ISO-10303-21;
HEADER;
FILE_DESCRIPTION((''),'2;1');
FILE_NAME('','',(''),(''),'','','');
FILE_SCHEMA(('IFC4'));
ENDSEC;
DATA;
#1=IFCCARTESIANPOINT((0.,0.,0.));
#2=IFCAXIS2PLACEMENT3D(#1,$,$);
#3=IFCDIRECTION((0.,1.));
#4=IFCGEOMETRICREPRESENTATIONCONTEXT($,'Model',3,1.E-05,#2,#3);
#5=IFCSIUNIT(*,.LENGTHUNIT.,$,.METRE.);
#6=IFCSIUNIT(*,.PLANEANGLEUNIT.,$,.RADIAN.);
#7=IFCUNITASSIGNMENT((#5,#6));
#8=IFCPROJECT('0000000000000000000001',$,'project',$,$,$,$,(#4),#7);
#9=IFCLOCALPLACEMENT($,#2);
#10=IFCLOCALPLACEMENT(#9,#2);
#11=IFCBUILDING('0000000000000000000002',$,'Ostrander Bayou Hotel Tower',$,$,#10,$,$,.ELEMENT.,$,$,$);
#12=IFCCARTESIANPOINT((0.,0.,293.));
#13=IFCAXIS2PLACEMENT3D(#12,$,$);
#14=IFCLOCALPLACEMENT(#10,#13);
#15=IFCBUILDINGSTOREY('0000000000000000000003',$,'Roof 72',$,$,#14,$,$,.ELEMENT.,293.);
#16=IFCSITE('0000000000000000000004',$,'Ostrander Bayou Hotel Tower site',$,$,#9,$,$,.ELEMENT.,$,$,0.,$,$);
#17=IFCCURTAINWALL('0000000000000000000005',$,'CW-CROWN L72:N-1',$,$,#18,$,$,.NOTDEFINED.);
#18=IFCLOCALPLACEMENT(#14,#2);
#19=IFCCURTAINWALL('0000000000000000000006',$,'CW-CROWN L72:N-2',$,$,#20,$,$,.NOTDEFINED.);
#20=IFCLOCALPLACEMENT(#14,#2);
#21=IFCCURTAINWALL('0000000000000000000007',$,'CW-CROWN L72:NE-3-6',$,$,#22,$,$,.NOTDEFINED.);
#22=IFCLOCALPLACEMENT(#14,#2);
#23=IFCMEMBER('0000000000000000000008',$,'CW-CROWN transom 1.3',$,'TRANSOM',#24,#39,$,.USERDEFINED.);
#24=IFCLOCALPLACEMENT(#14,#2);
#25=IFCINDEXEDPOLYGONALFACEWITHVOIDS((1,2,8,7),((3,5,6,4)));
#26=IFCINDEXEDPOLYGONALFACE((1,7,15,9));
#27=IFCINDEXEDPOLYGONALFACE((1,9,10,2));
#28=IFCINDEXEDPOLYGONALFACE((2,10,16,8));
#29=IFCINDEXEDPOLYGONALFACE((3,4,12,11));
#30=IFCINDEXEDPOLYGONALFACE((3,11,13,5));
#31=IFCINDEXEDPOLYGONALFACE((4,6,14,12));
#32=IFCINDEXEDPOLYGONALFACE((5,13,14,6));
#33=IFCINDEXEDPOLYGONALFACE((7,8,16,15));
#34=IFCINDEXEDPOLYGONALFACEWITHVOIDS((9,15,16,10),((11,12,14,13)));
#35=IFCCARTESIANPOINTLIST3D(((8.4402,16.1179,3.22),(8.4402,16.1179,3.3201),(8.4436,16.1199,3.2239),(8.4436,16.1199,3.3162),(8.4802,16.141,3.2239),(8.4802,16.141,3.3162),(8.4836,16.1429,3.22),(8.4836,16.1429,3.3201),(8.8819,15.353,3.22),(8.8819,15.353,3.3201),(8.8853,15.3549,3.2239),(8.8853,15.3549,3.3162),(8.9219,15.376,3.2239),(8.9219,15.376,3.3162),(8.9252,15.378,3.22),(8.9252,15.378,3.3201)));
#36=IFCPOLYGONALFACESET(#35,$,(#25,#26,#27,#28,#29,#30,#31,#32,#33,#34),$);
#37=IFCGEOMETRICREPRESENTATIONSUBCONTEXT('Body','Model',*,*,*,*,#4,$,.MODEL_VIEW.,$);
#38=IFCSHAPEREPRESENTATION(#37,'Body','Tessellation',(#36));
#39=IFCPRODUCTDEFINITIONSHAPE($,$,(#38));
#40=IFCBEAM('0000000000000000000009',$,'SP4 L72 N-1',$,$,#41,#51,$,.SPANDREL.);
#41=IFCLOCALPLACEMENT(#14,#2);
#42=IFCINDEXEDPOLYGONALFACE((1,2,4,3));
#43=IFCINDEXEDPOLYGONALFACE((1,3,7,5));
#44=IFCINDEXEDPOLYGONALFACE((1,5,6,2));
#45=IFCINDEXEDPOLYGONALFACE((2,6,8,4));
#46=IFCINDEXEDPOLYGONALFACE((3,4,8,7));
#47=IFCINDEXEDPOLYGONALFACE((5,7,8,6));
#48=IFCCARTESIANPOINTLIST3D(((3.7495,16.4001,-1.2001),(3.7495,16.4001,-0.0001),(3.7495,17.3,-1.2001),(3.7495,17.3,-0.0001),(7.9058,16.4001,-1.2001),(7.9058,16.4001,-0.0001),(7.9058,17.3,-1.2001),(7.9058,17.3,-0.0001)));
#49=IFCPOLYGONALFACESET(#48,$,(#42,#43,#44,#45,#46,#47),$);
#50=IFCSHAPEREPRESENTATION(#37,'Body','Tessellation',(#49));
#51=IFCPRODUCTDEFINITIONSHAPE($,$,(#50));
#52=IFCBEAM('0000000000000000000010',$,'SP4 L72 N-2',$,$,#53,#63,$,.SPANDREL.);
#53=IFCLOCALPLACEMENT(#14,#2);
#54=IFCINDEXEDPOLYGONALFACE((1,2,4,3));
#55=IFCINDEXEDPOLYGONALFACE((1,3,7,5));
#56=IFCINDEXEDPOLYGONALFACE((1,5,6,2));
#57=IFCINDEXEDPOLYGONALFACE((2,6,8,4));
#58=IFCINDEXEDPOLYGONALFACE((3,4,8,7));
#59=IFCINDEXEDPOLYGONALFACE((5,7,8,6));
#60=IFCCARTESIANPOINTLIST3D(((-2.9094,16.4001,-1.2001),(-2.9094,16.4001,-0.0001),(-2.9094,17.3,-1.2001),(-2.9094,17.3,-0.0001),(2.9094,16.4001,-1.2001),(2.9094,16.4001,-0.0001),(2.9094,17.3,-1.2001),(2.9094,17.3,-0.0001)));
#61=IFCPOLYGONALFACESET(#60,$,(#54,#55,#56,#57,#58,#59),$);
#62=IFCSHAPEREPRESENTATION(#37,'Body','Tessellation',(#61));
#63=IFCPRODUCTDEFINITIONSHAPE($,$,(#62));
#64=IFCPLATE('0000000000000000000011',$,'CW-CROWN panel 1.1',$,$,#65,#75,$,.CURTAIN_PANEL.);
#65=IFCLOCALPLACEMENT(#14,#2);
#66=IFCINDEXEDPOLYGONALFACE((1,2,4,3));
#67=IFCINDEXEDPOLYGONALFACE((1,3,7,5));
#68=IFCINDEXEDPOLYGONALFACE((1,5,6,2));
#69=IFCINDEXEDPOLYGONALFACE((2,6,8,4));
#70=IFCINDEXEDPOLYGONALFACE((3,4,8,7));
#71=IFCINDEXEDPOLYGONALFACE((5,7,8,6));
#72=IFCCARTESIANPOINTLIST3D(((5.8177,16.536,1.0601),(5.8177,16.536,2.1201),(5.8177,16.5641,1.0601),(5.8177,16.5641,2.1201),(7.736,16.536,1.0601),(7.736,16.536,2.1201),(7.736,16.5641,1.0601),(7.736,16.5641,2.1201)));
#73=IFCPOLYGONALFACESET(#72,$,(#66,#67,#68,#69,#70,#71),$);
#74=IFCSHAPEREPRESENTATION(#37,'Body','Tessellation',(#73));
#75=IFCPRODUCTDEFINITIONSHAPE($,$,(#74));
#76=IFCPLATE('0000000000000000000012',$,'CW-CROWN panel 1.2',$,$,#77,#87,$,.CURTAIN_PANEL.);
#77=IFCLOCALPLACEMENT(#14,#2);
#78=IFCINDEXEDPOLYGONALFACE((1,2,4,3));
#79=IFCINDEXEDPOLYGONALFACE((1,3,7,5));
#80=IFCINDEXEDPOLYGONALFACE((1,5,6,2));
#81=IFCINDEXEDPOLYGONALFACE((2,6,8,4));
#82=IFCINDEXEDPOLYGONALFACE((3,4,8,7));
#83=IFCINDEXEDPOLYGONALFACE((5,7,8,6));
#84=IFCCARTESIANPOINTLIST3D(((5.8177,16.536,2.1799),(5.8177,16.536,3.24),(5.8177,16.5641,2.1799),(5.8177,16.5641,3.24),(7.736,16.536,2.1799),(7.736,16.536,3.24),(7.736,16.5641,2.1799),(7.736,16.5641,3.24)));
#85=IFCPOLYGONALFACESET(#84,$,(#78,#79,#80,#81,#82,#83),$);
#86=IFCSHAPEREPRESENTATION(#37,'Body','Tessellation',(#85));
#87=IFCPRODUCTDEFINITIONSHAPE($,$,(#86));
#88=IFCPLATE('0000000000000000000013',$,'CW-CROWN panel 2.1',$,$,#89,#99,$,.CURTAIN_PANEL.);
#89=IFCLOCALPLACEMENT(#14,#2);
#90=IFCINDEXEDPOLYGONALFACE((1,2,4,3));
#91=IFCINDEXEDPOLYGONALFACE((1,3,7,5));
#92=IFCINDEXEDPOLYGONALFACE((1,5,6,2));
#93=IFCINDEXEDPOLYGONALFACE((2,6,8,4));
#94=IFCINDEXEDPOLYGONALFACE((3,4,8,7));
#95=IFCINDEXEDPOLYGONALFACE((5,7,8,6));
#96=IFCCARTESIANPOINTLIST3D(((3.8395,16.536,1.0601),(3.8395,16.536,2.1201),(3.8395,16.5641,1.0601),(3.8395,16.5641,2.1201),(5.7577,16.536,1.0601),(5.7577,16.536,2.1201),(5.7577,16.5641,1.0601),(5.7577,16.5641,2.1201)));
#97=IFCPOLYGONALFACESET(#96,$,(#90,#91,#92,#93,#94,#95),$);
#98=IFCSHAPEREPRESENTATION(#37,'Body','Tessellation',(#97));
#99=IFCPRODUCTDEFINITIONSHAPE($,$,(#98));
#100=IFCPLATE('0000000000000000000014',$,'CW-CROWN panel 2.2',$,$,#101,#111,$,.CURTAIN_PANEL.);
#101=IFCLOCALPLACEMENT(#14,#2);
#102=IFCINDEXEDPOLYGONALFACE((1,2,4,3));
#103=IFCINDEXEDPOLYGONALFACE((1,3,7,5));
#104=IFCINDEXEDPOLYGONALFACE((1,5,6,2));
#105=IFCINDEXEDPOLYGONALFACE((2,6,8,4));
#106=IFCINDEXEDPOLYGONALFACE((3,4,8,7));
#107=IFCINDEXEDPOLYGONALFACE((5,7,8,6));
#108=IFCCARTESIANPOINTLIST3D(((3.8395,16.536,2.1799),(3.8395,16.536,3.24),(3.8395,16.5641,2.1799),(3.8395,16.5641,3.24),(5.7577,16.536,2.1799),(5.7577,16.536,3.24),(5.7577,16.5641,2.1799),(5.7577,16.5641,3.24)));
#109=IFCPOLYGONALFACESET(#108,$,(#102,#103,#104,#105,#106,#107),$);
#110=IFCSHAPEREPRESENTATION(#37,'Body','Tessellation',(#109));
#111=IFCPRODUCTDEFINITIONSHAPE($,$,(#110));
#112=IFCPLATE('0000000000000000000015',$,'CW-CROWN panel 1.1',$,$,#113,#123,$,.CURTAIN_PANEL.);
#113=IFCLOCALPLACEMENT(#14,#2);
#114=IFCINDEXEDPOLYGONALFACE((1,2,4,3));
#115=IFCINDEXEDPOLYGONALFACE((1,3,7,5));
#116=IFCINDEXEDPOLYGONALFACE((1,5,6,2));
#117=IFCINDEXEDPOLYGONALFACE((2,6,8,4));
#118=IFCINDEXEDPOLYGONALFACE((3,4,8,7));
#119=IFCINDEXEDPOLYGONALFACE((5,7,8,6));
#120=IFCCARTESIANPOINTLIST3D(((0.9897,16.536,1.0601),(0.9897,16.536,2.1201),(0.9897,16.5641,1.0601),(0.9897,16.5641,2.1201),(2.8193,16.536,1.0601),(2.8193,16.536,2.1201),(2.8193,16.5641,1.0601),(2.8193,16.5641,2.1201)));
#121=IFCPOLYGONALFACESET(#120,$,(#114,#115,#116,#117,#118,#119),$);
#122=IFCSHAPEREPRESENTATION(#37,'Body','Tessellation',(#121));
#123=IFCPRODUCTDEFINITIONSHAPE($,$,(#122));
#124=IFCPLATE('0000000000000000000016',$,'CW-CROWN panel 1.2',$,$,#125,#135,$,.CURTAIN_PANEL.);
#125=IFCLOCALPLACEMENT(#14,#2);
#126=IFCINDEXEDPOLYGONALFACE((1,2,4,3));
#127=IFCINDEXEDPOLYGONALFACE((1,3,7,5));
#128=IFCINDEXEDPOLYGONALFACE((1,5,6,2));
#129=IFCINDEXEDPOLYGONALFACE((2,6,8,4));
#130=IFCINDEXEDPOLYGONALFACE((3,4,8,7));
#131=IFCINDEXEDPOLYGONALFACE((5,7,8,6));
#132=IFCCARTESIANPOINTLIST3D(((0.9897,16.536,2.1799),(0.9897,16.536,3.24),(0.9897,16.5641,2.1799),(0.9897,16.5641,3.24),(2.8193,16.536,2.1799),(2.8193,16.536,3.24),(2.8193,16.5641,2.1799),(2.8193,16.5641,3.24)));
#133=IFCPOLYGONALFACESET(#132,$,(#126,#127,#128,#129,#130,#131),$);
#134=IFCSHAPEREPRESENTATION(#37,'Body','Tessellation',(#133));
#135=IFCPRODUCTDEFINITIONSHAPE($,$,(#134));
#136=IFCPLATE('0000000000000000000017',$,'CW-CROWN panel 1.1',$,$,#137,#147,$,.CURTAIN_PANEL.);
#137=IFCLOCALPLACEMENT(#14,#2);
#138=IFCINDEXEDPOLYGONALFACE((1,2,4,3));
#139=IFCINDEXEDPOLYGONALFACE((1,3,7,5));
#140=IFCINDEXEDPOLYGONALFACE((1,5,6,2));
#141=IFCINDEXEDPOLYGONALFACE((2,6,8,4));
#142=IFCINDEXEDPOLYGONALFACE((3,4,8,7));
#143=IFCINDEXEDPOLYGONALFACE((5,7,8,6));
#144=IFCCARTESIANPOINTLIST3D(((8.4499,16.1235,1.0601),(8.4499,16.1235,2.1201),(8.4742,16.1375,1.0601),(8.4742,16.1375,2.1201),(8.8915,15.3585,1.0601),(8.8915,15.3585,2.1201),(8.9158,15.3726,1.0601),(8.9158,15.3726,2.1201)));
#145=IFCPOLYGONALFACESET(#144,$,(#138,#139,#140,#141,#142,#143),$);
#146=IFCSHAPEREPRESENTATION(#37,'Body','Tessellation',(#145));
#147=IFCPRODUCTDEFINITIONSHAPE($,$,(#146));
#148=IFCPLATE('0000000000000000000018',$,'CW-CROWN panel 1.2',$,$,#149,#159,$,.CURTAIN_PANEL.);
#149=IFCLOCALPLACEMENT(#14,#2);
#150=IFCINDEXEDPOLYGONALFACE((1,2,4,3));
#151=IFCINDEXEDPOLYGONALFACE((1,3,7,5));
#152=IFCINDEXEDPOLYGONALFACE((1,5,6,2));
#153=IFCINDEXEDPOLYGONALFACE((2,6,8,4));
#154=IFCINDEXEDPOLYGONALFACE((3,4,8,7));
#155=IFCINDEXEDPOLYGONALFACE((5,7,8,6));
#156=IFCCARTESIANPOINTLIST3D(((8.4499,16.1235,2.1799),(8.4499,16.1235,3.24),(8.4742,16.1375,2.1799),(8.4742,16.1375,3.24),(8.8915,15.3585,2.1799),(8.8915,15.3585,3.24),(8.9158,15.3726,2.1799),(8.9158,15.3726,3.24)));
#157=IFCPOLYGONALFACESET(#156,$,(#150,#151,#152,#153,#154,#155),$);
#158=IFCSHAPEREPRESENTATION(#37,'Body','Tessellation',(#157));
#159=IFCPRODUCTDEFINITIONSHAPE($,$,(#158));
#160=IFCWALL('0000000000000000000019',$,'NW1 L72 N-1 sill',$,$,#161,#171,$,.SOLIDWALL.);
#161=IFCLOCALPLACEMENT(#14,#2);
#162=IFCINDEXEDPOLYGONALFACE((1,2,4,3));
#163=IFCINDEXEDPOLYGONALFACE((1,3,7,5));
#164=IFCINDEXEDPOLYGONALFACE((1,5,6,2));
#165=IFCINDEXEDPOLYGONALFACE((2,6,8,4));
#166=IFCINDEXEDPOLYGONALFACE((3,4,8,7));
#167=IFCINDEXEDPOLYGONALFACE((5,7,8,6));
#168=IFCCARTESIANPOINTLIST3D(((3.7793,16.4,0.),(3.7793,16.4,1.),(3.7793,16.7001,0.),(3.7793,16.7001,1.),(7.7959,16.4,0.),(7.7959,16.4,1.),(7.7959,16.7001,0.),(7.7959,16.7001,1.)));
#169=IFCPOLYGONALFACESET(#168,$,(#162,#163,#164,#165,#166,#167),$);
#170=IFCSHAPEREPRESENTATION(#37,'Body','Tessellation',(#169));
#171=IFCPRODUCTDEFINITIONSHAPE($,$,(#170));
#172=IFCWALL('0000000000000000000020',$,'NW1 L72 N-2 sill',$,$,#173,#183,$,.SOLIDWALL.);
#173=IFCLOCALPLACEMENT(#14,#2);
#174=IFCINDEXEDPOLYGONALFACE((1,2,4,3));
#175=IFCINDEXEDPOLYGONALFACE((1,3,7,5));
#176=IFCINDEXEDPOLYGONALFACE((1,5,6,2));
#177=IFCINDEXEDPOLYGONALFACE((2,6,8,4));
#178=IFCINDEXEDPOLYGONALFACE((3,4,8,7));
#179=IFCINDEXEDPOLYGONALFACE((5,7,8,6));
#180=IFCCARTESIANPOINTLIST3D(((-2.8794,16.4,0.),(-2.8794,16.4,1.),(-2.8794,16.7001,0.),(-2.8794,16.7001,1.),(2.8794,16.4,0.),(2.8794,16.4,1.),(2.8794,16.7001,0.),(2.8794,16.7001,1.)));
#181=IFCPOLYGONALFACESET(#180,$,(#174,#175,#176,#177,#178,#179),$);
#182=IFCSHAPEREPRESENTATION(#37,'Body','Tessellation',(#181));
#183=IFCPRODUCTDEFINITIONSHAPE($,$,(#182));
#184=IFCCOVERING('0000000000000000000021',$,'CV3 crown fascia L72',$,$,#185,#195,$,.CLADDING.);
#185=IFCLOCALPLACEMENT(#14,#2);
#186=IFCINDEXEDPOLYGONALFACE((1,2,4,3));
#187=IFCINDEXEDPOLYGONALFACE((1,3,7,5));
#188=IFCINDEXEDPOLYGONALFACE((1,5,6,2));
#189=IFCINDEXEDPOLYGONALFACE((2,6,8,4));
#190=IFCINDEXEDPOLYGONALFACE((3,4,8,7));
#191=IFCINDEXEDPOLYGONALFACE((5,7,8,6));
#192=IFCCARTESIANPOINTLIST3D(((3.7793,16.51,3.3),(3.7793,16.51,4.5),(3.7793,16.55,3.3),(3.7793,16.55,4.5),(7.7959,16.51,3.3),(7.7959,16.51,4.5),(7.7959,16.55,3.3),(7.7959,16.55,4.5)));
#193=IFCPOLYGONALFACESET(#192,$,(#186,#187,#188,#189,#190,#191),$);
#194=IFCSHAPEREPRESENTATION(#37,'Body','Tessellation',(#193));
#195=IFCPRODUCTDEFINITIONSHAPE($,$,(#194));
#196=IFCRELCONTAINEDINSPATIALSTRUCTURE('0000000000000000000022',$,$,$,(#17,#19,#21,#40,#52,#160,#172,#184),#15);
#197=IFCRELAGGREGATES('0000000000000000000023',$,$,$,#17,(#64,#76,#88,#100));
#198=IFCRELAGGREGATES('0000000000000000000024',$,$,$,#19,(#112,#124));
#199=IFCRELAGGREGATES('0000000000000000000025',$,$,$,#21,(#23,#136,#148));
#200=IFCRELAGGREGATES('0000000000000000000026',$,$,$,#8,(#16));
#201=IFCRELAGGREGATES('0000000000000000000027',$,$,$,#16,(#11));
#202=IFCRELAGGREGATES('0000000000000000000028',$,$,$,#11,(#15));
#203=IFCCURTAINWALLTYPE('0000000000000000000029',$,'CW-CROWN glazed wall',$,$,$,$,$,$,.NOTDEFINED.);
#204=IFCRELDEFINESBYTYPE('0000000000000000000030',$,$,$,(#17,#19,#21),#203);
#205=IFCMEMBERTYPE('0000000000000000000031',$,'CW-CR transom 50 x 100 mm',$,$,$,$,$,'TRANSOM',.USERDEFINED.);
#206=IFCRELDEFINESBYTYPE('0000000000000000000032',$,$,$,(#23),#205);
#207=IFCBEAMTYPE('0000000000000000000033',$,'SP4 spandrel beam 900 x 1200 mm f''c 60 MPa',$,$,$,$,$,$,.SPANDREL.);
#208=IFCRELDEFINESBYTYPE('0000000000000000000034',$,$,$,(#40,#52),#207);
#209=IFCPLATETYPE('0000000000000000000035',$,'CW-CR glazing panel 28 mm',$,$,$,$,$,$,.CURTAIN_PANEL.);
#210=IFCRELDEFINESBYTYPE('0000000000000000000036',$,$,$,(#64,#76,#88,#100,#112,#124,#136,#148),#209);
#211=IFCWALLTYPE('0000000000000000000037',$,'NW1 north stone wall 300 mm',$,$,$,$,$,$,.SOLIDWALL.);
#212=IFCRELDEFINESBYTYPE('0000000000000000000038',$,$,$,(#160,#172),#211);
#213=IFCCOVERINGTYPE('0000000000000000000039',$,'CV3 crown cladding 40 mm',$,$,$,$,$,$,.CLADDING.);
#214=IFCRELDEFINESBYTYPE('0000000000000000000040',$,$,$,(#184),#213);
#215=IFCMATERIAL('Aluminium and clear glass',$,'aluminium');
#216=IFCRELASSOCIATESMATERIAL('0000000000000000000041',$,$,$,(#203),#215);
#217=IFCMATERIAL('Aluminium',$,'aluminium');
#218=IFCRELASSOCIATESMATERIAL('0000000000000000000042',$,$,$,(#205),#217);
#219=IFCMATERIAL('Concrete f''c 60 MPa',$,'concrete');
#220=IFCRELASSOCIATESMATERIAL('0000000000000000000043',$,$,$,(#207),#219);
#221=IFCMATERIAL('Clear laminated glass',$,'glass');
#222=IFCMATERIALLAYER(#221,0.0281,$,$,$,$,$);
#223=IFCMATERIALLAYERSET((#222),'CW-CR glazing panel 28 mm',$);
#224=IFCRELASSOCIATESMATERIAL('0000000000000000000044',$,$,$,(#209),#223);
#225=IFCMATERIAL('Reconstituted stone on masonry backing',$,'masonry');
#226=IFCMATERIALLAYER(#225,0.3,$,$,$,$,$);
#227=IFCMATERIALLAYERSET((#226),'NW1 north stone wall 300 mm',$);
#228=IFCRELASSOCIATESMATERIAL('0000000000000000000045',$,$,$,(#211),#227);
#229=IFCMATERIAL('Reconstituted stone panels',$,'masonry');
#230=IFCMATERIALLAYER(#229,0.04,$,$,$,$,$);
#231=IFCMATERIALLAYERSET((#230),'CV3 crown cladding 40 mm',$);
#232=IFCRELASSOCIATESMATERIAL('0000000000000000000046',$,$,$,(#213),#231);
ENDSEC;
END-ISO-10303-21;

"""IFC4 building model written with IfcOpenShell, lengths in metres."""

from ifc_helpers import new_model, si_unit, direction, frame, frame_2d, origin, origin_2d, place, context, subcontext, project, spatial, polyline, rectangle, hollow_rectangle, outline, extrude, material, layer, layer_set, material_profile, profile_set, type_object, element, aggregate, save


model = new_model("IFC4")

# Units and contexts
model_context = context("Model", 3, precision=1e-05, world=origin(), true_north=direction((0.0, 1.0)))
body_context = subcontext(model_context, "Body", "Model", "MODEL_VIEW")
ifc_project = project(units=[si_unit("LENGTHUNIT", "METRE"), si_unit("PLANEANGLEUNIT", "RADIAN")], contexts=[model_context])

# Site, building, storey
site_placement = place(None, origin())
site = spatial("IfcSite", under=ifc_project, at=site_placement, Name="Ostrander Bayou Hotel Tower site", CompositionType="ELEMENT", RefElevation=0.0)
building_placement = place(site_placement, origin())
building = spatial("IfcBuilding", under=site, at=building_placement, Name="Ostrander Bayou Hotel Tower", CompositionType="ELEMENT")
storey_placement = place(building_placement, frame((0.0, 0.0, 293.0)))
storey = spatial("IfcBuildingStorey", under=building, at=storey_placement, Name="Roof 72", CompositionType="ELEMENT", Elevation=293.0)

# Curtain walls
ifc_material_1 = material(Name="Aluminium and clear glass", Category="aluminium")
curtain_wall_type = type_object("IfcCurtainWallType", Name="CW-CROWN glazed wall", PredefinedType="NOTDEFINED", material=ifc_material_1)
curtain_wall_1_placement = place(storey_placement, origin())
curtain_wall_1 = element("IfcCurtainWall", 1, at=curtain_wall_1_placement, inside=storey, type_object=curtain_wall_type, Name="CW-CROWN L72:N-1", PredefinedType="NOTDEFINED")
curtain_wall_2_placement = place(storey_placement, origin())
curtain_wall_2 = element("IfcCurtainWall", 2, at=curtain_wall_2_placement, inside=storey, type_object=curtain_wall_type, Name="CW-CROWN L72:N-2", PredefinedType="NOTDEFINED")

# Curtain wall
curtain_wall_3_placement = place(storey_placement, origin())
curtain_wall_3 = element("IfcCurtainWall", 3, at=curtain_wall_3_placement, inside=storey, type_object=curtain_wall_type, Name="CW-CROWN L72:NE-3-6", PredefinedType="NOTDEFINED")

# Member
ifc_material_2 = material(Name="Aluminium", Category="aluminium")
ifc_material_profile_1 = material_profile(ifc_material_2, hollow_rectangle(XDim=0.05, YDim=0.1001, WallThickness=0.0039, at=origin_2d()))
ifc_profile_set_1 = profile_set([ifc_material_profile_1], Name="Aluminium")
member_type_1 = type_object("IfcMemberType", Name="CW-CR transom 50 x 100 mm", ElementType="TRANSOM", PredefinedType="USERDEFINED", material=ifc_profile_set_1)
member_1_placement = place(storey_placement, frame((8.9036, 15.3655, 3.27), z_axis=(-0.500034, 0.866006, 0.0), x_axis=(-0.866006, -0.500034, 0.0)))
member_1 = element("IfcMember", 4, at=member_1_placement, type_object=member_type_1, Name="CW-CROWN transom 1.3", ObjectType="TRANSOM", PredefinedType="USERDEFINED", context=body_context, shape_type="SweptSolid", body=[
    extrude(hollow_rectangle(XDim=0.05, YDim=0.1001, WallThickness=0.0039, at=origin_2d()), origin(), (0.0, 0.0, 1.0), 0.8833),
])

# Beams
ifc_material_3 = material(Name="Concrete f'c 60 MPa", Category="concrete")
ifc_material_profile_2 = material_profile(ifc_material_3, rectangle(XDim=0.8999, YDim=1.2, at=origin_2d()))
ifc_profile_set_2 = profile_set([ifc_material_profile_2], Name="Concrete f'c 60 MPa")
beam_type = type_object("IfcBeamType", Name="SP4 spandrel beam 900 x 1200 mm f'c 60 MPa", PredefinedType="SPANDREL", material=ifc_profile_set_2)
beam_1_placement = place(storey_placement, frame((7.9058, 16.8501, -0.6001), z_axis=(-1.0, 0.0, 0.0), x_axis=(0.0, -1.0, 0.0)))
element("IfcBeam", 5, at=beam_1_placement, inside=storey, type_object=beam_type, Name="SP4 L72 N-1", PredefinedType="SPANDREL", context=body_context, shape_type="SweptSolid", body=[
    extrude(rectangle(XDim=0.8999, YDim=1.2, at=origin_2d()), origin(), (0.0, 0.0, 1.0), 4.1562),
])
beam_2_placement = place(storey_placement, frame((2.9094, 16.8501, -0.6001), z_axis=(-1.0, 0.0, 0.0), x_axis=(0.0, -1.0, 0.0)))
element("IfcBeam", 6, at=beam_2_placement, inside=storey, type_object=beam_type, Name="SP4 L72 N-2", PredefinedType="SPANDREL", context=body_context, shape_type="SweptSolid", body=[
    extrude(rectangle(XDim=0.8999, YDim=1.2, at=origin_2d()), origin(), (0.0, 0.0, 1.0), 5.8188),
])

# Plates
ifc_material_4 = material(Name="Clear laminated glass", Category="glass")
ifc_layer_1 = layer(ifc_material_4, 0.0281)
ifc_layer_set_1 = layer_set([ifc_layer_1], Name="CW-CR glazing panel 28 mm")
plate_type = type_object("IfcPlateType", Name="CW-CR glazing panel 28 mm", PredefinedType="CURTAIN_PANEL", material=ifc_layer_set_1)
plate_1_placement = place(storey_placement, frame((6.7769, 16.55, 1.0601), z_axis=(0.0, 0.0, 1.0), x_axis=(-1.0, 0.0, 0.0)))
plate_1 = element("IfcPlate", 7, at=plate_1_placement, type_object=plate_type, Name="CW-CROWN panel 1.1", PredefinedType="CURTAIN_PANEL", context=body_context, shape_type="SweptSolid", body=[
    extrude(rectangle(XDim=1.9182, YDim=0.0281, at=origin_2d()), origin(), (0.0, 0.0, 1.0), 1.0601),
])
plate_2_placement = place(storey_placement, frame((6.7769, 16.55, 2.1799), z_axis=(0.0, 0.0, 1.0), x_axis=(-1.0, 0.0, 0.0)))
plate_2 = element("IfcPlate", 8, at=plate_2_placement, type_object=plate_type, Name="CW-CROWN panel 1.2", PredefinedType="CURTAIN_PANEL", context=body_context, shape_type="SweptSolid", body=[
    extrude(rectangle(XDim=1.9182, YDim=0.0281, at=origin_2d()), origin(), (0.0, 0.0, 1.0), 1.0601),
])
plate_3_placement = place(storey_placement, frame((4.7986, 16.55, 1.0601), z_axis=(0.0, 0.0, 1.0), x_axis=(-1.0, 0.0, 0.0)))
plate_3 = element("IfcPlate", 9, at=plate_3_placement, type_object=plate_type, Name="CW-CROWN panel 2.1", PredefinedType="CURTAIN_PANEL", context=body_context, shape_type="SweptSolid", body=[
    extrude(rectangle(XDim=1.9182, YDim=0.0281, at=origin_2d()), origin(), (0.0, 0.0, 1.0), 1.0601),
])
plate_4_placement = place(storey_placement, frame((4.7986, 16.55, 2.1799), z_axis=(0.0, 0.0, 1.0), x_axis=(-1.0, 0.0, 0.0)))
plate_4 = element("IfcPlate", 10, at=plate_4_placement, type_object=plate_type, Name="CW-CROWN panel 2.2", PredefinedType="CURTAIN_PANEL", context=body_context, shape_type="SweptSolid", body=[
    extrude(rectangle(XDim=1.9182, YDim=0.0281, at=origin_2d()), origin(), (0.0, 0.0, 1.0), 1.0601),
])
aggregate(curtain_wall_1, [plate_1, plate_2, plate_3, plate_4])
plate_5_placement = place(storey_placement, frame((1.9045, 16.55, 1.0601), z_axis=(0.0, 0.0, 1.0), x_axis=(-1.0, 0.0, 0.0)))
plate_5 = element("IfcPlate", 11, at=plate_5_placement, type_object=plate_type, Name="CW-CROWN panel 1.1", PredefinedType="CURTAIN_PANEL", context=body_context, shape_type="SweptSolid", body=[
    extrude(rectangle(XDim=1.8296, YDim=0.0281, at=origin_2d()), origin(), (0.0, 0.0, 1.0), 1.0601),
])
plate_6_placement = place(storey_placement, frame((1.9045, 16.55, 2.1799), z_axis=(0.0, 0.0, 1.0), x_axis=(-1.0, 0.0, 0.0)))
plate_6 = element("IfcPlate", 12, at=plate_6_placement, type_object=plate_type, Name="CW-CROWN panel 1.2", PredefinedType="CURTAIN_PANEL", context=body_context, shape_type="SweptSolid", body=[
    extrude(rectangle(XDim=1.8296, YDim=0.0281, at=origin_2d()), origin(), (0.0, 0.0, 1.0), 1.0601),
])
aggregate(curtain_wall_2, [plate_5, plate_6])
plate_7_placement = place(storey_placement, frame((8.6829, 15.748, 1.0601), z_axis=(0.0, 0.0, 1.0), x_axis=(-0.499999, 0.866026, 0.0)))
plate_7 = element("IfcPlate", 13, at=plate_7_placement, type_object=plate_type, Name="CW-CROWN panel 1.1", PredefinedType="CURTAIN_PANEL", context=body_context, shape_type="SweptSolid", body=[
    extrude(rectangle(XDim=0.8833, YDim=0.0281, at=origin_2d()), origin(), (0.0, 0.0, 1.0), 1.0601),
])
plate_8_placement = place(storey_placement, frame((8.6829, 15.748, 2.1799), z_axis=(0.0, 0.0, 1.0), x_axis=(-0.499999, 0.866026, 0.0)))
plate_8 = element("IfcPlate", 14, at=plate_8_placement, type_object=plate_type, Name="CW-CROWN panel 1.2", PredefinedType="CURTAIN_PANEL", context=body_context, shape_type="SweptSolid", body=[
    extrude(rectangle(XDim=0.8833, YDim=0.0281, at=origin_2d()), origin(), (0.0, 0.0, 1.0), 1.0601),
])
aggregate(curtain_wall_3, [member_1, plate_7, plate_8])

# Walls
ifc_material_5 = material(Name="Reconstituted stone on masonry backing", Category="masonry")
ifc_layer_2 = layer(ifc_material_5, 0.3)
ifc_layer_set_2 = layer_set([ifc_layer_2], Name="NW1 north stone wall 300 mm")
wall_type = type_object("IfcWallType", Name="NW1 north stone wall 300 mm", PredefinedType="SOLIDWALL", material=ifc_layer_set_2)
wall_1_placement = place(storey_placement, frame((7.7959, 16.55, 0.0), z_axis=(0.0, 0.0, 1.0), x_axis=(-1.0, 0.0, 0.0)))
element("IfcWall", 15, at=wall_1_placement, inside=storey, type_object=wall_type, Name="NW1 L72 N-1 sill", PredefinedType="SOLIDWALL", context=body_context, shape_type="SweptSolid", body=[
    extrude(rectangle(XDim=4.0166, YDim=0.3, at=frame_2d((2.0083, 0.0))), origin(), (0.0, 0.0, 1.0), 1.0),
])
wall_2_placement = place(storey_placement, frame((2.8794, 16.55, 0.0), z_axis=(0.0, 0.0, 1.0), x_axis=(-1.0, 0.0, 0.0)))
element("IfcWall", 16, at=wall_2_placement, inside=storey, type_object=wall_type, Name="NW1 L72 N-2 sill", PredefinedType="SOLIDWALL", context=body_context, shape_type="SweptSolid", body=[
    extrude(rectangle(XDim=5.7588, YDim=0.3, at=frame_2d((2.8794, 0.0))), origin(), (0.0, 0.0, 1.0), 1.0),
])

# Covering
ifc_material_6 = material(Name="Reconstituted stone panels", Category="masonry")
ifc_layer_3 = layer(ifc_material_6, 0.04)
ifc_layer_set_3 = layer_set([ifc_layer_3], Name="CV3 crown cladding 40 mm")
covering_type = type_object("IfcCoveringType", Name="CV3 crown cladding 40 mm", PredefinedType="CLADDING", material=ifc_layer_set_3)
covering_1_placement = place(storey_placement, frame((7.7959, 16.55, 3.3), z_axis=(0.0, 1.0, 0.0), x_axis=(-1.0, 0.0, 0.0)))
element("IfcCovering", 17, at=covering_1_placement, inside=storey, type_object=covering_type, Name="CV3 crown fascia L72", PredefinedType="CLADDING", context=body_context, shape_type="SweptSolid", body=[
    extrude(outline(polyline([(0.0, 0.0), (4.0166, 0.0), (4.0166, 1.2), (0.0, 1.2), (0.0, 0.0)])), origin(), (0.0, 0.0, -1.0), 0.04),
])

save(model, "model.ifc")
